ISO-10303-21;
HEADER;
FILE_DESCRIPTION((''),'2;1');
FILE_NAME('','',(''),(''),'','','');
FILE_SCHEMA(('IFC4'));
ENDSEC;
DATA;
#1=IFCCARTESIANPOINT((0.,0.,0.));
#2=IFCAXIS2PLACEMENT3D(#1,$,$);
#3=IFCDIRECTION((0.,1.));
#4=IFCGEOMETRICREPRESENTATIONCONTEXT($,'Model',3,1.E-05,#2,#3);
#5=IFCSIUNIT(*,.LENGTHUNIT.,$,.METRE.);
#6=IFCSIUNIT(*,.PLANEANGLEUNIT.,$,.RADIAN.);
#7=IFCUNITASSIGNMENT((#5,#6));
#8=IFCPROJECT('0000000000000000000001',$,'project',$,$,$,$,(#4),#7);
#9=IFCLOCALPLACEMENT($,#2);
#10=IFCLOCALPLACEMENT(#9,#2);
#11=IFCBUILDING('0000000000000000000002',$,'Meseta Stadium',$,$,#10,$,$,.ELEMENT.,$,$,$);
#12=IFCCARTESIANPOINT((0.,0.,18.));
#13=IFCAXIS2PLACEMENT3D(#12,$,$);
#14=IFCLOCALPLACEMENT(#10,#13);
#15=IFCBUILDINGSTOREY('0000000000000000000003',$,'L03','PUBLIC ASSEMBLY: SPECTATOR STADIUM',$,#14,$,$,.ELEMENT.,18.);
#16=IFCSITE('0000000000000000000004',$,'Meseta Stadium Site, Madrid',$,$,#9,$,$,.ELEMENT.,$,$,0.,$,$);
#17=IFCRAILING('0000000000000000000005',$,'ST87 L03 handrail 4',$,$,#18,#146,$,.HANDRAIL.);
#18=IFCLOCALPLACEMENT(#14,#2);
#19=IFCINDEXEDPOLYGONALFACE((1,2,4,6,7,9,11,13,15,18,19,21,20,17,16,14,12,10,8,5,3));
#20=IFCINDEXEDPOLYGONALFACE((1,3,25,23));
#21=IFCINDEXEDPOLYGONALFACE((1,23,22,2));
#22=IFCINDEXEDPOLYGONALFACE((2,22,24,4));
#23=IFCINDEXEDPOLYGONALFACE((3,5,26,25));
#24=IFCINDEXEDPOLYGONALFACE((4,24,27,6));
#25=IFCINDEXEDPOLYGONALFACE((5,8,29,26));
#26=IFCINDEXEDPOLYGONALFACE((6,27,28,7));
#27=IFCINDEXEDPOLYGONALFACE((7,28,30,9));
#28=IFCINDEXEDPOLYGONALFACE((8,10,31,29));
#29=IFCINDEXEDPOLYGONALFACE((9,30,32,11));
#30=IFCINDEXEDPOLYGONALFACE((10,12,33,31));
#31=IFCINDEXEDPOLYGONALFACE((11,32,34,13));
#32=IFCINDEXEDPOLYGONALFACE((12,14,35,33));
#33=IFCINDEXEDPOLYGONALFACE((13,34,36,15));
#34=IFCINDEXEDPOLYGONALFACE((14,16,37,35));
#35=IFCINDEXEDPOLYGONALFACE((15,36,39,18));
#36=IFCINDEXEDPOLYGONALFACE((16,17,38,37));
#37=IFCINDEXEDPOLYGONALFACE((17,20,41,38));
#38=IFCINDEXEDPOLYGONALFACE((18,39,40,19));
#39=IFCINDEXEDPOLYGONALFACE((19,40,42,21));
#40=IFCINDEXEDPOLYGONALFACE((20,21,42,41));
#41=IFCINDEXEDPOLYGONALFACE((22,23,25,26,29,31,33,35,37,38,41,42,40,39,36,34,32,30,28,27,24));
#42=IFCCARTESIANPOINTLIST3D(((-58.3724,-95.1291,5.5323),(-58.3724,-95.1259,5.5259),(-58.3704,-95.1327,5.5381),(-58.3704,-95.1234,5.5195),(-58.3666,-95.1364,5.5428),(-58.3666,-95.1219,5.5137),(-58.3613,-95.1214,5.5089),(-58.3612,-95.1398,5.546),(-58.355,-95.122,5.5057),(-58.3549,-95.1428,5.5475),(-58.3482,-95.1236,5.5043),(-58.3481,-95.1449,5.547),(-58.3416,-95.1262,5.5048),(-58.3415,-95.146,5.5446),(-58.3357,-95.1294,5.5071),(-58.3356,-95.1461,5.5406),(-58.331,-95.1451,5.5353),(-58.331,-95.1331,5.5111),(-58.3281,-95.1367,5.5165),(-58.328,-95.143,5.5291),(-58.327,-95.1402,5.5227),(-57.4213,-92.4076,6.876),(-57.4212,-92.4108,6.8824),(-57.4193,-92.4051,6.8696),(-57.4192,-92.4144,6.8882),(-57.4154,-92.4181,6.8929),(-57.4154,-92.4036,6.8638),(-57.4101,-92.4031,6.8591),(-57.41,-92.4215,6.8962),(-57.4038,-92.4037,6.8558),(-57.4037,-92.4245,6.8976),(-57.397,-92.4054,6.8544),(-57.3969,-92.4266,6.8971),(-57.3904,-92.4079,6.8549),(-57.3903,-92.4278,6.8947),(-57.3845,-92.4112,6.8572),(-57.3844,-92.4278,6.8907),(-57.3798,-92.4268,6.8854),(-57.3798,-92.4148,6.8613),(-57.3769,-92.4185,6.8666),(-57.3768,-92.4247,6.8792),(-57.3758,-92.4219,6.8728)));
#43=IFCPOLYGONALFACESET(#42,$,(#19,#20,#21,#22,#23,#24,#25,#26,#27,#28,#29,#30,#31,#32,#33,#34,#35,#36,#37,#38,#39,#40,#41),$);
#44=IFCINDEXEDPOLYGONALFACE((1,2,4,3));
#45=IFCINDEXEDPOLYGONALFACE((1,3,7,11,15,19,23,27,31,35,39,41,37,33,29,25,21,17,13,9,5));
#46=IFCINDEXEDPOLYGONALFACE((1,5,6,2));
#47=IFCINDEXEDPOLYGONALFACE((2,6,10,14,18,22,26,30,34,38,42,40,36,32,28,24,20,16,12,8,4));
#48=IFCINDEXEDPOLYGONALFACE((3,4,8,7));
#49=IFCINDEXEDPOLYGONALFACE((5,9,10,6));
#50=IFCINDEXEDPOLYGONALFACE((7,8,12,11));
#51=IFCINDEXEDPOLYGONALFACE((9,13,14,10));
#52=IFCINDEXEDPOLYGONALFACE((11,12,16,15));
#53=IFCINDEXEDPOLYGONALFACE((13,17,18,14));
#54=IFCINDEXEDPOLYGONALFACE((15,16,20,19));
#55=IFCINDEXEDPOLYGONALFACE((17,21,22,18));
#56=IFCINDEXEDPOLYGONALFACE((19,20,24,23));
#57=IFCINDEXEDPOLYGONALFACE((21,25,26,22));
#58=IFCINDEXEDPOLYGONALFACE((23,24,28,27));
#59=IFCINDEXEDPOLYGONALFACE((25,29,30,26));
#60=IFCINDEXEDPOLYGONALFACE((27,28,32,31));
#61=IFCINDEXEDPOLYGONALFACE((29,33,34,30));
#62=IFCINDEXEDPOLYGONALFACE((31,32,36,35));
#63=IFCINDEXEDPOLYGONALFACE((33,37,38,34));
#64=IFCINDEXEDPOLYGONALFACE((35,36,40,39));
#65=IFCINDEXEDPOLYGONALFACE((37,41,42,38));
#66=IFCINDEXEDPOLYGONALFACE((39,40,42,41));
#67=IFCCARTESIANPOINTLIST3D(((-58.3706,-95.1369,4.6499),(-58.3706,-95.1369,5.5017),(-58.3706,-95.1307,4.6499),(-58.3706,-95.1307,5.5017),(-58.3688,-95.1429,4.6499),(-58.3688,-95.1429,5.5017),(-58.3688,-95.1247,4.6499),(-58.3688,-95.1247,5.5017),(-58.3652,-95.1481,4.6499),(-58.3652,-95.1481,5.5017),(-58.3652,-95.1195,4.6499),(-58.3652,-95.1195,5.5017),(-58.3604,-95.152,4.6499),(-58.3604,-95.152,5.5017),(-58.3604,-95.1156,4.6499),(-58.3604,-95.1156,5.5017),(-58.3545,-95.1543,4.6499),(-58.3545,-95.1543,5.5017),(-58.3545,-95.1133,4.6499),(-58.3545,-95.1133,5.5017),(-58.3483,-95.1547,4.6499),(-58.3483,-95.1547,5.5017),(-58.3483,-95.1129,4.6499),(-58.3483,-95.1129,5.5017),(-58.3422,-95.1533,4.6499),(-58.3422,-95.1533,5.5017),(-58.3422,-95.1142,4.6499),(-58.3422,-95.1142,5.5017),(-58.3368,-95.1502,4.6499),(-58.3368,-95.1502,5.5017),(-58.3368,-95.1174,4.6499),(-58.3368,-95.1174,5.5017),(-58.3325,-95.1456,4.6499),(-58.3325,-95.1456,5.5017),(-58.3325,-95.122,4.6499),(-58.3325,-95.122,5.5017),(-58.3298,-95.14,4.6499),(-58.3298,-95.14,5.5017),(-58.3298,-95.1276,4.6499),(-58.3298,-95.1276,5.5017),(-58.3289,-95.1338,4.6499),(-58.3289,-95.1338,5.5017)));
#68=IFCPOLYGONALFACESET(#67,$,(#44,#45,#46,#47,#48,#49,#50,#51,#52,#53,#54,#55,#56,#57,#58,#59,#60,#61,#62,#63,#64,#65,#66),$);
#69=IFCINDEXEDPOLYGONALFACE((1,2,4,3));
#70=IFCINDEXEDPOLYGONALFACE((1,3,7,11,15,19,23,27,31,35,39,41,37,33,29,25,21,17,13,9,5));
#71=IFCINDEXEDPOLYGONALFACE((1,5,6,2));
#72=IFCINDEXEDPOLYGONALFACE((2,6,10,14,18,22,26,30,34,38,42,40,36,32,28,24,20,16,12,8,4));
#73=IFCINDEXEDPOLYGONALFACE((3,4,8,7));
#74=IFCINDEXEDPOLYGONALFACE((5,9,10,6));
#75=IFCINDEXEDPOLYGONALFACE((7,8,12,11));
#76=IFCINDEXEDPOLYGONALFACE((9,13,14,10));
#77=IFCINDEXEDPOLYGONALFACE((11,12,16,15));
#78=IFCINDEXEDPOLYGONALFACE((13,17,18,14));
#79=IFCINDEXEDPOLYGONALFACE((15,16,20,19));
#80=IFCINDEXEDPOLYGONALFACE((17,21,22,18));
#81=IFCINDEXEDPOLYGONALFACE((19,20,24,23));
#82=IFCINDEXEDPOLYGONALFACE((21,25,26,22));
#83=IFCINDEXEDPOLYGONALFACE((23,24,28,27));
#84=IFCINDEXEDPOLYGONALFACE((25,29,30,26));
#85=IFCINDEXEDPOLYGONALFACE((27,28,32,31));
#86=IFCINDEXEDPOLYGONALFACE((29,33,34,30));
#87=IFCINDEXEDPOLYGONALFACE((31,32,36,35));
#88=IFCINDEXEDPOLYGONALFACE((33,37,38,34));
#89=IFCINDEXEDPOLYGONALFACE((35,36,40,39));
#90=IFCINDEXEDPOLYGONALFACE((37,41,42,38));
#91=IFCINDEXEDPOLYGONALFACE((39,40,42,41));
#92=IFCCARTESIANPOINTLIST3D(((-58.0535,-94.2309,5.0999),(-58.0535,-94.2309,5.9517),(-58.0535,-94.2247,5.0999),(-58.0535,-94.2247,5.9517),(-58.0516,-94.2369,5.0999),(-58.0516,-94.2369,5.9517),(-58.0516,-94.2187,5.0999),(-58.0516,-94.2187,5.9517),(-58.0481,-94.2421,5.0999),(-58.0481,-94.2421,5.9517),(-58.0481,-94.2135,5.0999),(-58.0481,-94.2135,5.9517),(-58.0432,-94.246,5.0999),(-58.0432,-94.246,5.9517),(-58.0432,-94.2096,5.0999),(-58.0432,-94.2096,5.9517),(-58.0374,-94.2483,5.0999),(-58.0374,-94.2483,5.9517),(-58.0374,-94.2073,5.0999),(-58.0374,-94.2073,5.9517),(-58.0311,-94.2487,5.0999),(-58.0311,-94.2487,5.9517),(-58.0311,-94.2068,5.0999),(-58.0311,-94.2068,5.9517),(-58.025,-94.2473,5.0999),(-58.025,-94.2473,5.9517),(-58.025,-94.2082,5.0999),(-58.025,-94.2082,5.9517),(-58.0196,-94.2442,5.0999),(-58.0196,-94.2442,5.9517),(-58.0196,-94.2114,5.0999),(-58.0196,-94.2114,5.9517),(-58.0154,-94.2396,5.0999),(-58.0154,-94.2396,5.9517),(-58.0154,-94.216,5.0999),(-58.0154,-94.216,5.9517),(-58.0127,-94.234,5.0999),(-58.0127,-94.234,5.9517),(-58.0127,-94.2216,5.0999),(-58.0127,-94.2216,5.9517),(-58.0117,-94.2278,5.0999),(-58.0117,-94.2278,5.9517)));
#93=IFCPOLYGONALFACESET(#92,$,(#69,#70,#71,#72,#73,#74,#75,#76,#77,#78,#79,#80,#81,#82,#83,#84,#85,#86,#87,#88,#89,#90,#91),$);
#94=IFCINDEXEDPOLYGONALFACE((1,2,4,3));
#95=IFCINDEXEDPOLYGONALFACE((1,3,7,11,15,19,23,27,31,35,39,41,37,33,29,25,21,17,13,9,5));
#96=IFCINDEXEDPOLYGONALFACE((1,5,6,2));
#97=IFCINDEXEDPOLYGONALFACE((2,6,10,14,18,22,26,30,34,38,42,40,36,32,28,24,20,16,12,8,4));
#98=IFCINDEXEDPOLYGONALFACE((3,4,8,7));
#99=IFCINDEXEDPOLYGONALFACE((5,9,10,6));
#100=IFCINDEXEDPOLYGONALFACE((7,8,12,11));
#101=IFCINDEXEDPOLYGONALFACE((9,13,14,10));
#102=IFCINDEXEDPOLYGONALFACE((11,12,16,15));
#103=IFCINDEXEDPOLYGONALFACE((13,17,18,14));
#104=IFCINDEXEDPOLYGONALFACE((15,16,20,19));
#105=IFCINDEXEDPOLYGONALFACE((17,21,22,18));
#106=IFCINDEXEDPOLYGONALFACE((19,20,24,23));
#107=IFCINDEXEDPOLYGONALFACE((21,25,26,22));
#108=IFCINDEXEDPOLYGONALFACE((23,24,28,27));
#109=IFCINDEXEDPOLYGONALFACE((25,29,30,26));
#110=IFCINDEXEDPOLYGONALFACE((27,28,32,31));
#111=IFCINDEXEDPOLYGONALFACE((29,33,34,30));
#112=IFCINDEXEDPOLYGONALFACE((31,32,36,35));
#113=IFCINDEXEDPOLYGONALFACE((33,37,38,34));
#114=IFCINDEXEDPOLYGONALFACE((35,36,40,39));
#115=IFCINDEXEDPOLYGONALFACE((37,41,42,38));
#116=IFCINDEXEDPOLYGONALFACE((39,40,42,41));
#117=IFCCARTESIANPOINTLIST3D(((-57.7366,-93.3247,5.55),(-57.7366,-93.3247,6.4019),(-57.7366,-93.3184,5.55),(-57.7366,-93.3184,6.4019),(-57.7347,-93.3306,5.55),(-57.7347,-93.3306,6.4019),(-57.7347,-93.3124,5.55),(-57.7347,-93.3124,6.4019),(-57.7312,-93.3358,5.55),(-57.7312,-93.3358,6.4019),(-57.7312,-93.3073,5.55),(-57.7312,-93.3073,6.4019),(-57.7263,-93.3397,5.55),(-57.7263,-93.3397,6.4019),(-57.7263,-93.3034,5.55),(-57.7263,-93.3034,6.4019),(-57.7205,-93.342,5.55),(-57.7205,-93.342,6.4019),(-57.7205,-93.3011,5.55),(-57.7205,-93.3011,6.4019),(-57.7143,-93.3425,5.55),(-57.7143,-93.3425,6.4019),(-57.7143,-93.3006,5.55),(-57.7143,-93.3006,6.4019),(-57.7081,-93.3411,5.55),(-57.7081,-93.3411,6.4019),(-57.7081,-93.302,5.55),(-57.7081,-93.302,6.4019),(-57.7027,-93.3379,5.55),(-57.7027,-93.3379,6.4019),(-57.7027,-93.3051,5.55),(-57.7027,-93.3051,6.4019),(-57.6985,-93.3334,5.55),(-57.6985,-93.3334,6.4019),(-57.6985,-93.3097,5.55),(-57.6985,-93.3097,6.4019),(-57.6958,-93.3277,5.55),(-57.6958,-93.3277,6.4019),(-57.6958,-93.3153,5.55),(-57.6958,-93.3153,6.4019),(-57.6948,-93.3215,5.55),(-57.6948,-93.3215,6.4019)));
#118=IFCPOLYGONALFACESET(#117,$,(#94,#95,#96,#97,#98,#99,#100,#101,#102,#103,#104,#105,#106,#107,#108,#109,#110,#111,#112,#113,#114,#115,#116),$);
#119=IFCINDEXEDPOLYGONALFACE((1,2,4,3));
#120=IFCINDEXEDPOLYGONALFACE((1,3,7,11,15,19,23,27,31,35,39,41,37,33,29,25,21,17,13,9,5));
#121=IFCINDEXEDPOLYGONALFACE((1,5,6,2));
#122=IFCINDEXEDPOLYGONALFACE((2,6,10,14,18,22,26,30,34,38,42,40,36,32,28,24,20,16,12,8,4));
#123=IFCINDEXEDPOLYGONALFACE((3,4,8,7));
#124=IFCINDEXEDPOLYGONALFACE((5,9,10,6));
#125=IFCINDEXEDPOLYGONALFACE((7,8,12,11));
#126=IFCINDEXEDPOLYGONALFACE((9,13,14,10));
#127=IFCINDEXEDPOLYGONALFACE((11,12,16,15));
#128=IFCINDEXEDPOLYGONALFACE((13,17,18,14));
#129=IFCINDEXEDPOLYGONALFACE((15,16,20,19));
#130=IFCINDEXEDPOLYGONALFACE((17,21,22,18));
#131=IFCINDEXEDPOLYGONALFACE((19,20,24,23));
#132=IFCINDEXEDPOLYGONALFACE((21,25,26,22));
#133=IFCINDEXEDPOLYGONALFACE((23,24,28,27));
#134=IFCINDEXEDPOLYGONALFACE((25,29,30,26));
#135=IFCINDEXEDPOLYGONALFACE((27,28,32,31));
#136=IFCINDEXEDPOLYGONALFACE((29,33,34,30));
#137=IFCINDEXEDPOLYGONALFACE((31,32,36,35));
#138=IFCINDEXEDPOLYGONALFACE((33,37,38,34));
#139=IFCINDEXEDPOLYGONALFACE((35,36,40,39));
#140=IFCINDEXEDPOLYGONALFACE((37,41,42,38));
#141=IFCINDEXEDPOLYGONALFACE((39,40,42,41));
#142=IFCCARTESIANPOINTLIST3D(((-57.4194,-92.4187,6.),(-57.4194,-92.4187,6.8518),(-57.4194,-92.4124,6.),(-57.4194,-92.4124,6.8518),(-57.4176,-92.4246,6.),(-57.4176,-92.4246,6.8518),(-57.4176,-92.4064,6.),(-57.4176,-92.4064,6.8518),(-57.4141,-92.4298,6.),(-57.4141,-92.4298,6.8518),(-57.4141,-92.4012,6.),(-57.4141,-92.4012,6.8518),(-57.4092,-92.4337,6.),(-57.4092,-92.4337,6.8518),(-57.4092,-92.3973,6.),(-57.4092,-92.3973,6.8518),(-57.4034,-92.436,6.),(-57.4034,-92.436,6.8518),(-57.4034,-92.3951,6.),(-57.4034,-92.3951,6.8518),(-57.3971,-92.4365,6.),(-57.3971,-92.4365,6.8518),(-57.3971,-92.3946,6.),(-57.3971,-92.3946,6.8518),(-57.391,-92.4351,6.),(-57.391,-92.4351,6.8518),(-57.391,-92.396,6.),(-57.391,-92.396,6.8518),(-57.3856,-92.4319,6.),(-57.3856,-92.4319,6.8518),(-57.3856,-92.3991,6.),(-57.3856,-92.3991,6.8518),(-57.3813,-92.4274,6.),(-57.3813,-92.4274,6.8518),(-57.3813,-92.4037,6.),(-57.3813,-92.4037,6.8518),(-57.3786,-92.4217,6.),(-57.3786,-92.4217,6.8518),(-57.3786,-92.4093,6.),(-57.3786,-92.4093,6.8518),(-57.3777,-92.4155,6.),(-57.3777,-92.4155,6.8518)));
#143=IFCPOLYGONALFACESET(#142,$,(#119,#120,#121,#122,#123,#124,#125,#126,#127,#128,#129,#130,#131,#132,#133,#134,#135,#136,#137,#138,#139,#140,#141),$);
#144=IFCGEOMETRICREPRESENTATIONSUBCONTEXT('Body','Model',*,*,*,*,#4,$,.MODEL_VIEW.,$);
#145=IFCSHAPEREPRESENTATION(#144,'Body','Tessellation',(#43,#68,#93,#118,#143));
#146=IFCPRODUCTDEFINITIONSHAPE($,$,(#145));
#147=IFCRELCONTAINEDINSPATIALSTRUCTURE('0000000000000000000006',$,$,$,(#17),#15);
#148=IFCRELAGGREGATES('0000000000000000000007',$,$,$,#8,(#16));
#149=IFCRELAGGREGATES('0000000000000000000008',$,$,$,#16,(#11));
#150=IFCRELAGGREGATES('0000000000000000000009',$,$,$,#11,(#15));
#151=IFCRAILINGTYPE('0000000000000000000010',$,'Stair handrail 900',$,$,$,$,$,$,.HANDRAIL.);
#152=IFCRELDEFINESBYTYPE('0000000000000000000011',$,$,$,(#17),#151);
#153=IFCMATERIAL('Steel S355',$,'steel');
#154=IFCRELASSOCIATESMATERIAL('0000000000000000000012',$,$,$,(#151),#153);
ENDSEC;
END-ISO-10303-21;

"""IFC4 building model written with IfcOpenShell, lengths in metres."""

from ifc_helpers import new_model, si_unit, direction, frame, origin, origin_2d, place, context, subcontext, project, spatial, circle, extrude, material, type_object, element, save


model = new_model("IFC4")

# Units and contexts
model_context = context("Model", 3, precision=1e-05, world=origin(), true_north=direction((0.0, 1.0)))
body_context = subcontext(model_context, "Body", "Model", "MODEL_VIEW")
ifc_project = project(units=[si_unit("LENGTHUNIT", "METRE"), si_unit("PLANEANGLEUNIT", "RADIAN")], contexts=[model_context])

# Site, building, storey
site_placement = place(None, origin())
site = spatial("IfcSite", under=ifc_project, at=site_placement, Name="Meseta Stadium Site, Madrid", CompositionType="ELEMENT", RefElevation=0.0)
building_placement = place(site_placement, origin())
building = spatial("IfcBuilding", under=site, at=building_placement, Name="Meseta Stadium", CompositionType="ELEMENT")
storey_placement = place(building_placement, frame((0.0, 0.0, 18.0)))
storey = spatial("IfcBuildingStorey", under=building, at=storey_placement, Name="L03", Description="PUBLIC ASSEMBLY: SPECTATOR STADIUM", CompositionType="ELEMENT", Elevation=18.0)

# Railing
ifc_material_1 = material(Name="Steel S355", Category="steel")
railing_type_1 = type_object("IfcRailingType", Name="Stair handrail 900", PredefinedType="HANDRAIL", material=ifc_material_1)
for number, where, name in (
    (1, (-58.3499, -95.1338, 4.6499), "ST87 L03 handrail 4"),
):
    element("IfcRailing", number, at=place(storey_placement, frame(where)), inside=storey, type_object=railing_type_1, Name=name, PredefinedType="HANDRAIL", context=body_context, shape_type="SweptSolid", body=[
        extrude(circle(Radius=0.0239, at=origin_2d()), frame((0.0, 0.0, 0.876), z_axis=(0.299051, 0.854629, 0.424474), x_axis=(-0.943882, 0.330282, 0.0)), (0.0, 0.0, 1.0), 3.1807),
        extrude(circle(Radius=0.021, at=origin_2d()), origin(), (0.0, 0.0, 1.0), 0.8518),
        extrude(circle(Radius=0.021, at=origin_2d()), frame((0.3171, 0.906, 0.45)), (0.0, 0.0, 1.0), 0.8518),
        extrude(circle(Radius=0.021, at=origin_2d()), frame((0.634, 1.8123, 0.9001)), (0.0, 0.0, 1.0), 0.8518),
        extrude(circle(Radius=0.021, at=origin_2d()), frame((0.9512, 2.7183, 1.3501)), (0.0, 0.0, 1.0), 0.8518),
    ])

save(model, "model.ifc")
